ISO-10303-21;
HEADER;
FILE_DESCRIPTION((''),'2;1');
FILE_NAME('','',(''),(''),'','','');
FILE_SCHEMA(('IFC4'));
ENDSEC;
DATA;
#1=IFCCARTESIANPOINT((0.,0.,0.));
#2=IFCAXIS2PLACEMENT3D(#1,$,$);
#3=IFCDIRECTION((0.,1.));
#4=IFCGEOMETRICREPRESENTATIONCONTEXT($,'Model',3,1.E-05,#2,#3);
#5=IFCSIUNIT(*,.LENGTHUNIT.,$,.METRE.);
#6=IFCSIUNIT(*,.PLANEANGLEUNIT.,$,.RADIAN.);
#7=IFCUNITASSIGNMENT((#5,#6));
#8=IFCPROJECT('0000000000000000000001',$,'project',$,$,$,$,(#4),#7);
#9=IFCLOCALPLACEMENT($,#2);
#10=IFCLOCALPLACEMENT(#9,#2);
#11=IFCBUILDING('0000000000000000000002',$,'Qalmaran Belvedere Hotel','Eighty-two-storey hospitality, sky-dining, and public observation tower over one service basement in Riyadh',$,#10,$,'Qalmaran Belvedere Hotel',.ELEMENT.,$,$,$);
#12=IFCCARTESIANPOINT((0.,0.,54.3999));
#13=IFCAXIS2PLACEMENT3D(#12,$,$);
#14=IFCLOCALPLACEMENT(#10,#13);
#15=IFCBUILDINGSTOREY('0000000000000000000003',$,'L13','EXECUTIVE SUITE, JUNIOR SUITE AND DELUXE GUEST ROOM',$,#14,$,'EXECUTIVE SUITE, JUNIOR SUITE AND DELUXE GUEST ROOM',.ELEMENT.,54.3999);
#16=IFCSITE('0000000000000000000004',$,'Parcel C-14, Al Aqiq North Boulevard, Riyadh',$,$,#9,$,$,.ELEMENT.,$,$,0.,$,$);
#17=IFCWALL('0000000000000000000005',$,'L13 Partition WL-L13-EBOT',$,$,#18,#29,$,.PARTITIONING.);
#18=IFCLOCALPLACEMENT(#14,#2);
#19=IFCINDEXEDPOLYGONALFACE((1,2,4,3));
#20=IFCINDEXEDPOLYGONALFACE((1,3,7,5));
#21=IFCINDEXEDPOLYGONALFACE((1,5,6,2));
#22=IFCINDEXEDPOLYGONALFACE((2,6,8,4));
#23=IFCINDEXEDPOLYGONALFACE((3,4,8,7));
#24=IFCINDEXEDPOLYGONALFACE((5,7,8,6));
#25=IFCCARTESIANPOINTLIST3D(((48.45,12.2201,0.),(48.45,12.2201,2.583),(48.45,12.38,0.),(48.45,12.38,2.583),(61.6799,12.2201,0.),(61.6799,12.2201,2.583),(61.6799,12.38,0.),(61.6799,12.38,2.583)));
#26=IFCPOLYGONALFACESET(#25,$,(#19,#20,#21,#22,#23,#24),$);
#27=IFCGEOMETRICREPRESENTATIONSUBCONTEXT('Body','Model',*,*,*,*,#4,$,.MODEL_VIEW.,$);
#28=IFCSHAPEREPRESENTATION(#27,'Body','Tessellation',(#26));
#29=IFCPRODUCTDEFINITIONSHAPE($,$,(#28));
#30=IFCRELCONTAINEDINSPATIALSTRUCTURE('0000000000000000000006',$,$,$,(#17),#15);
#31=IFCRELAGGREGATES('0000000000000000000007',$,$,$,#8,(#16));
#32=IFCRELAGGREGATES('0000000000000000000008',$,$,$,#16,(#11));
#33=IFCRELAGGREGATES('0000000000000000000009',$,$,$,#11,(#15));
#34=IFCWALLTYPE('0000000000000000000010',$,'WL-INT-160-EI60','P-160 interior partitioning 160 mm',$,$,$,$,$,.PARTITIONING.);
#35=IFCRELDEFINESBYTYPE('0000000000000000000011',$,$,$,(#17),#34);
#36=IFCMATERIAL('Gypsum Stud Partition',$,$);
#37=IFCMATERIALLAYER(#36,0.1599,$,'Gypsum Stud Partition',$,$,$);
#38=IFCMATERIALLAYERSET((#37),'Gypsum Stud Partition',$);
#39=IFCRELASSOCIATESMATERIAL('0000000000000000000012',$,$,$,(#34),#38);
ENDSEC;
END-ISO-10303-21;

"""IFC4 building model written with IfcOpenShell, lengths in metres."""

from ifc_helpers import new_model, si_unit, direction, frame, frame_2d, origin, place, context, subcontext, project, spatial, rectangle, extrude, material, layer, layer_set, type_object, element, save


model = new_model("IFC4")

# Units and contexts
model_context = context("Model", 3, precision=1e-05, world=origin(), true_north=direction((0.0, 1.0)))
body_context = subcontext(model_context, "Body", "Model", "MODEL_VIEW")
ifc_project = project(units=[si_unit("LENGTHUNIT", "METRE"), si_unit("PLANEANGLEUNIT", "RADIAN")], contexts=[model_context])

# Site, building, storey
site_placement = place(None, origin())
site = spatial("IfcSite", under=ifc_project, at=site_placement, Name="Parcel C-14, Al Aqiq North Boulevard, Riyadh", CompositionType="ELEMENT", RefElevation=0.0)
building_placement = place(site_placement, origin())
building = spatial("IfcBuilding", under=site, at=building_placement, Name="Qalmaran Belvedere Hotel", Description="Eighty-two-storey hospitality, sky-dining, and public observation tower over one service basement in Riyadh", LongName="Qalmaran Belvedere Hotel", CompositionType="ELEMENT")
storey_placement = place(building_placement, frame((0.0, 0.0, 54.3999)))
storey = spatial("IfcBuildingStorey", under=building, at=storey_placement, Name="L13", Description="EXECUTIVE SUITE, JUNIOR SUITE AND DELUXE GUEST ROOM", LongName="EXECUTIVE SUITE, JUNIOR SUITE AND DELUXE GUEST ROOM", CompositionType="ELEMENT", Elevation=54.3999)

# Shared definitions
ifc_material_1 = material(Name="Gypsum Stud Partition")
ifc_layer_1 = layer(ifc_material_1, 0.1599, Name="Gypsum Stud Partition")
ifc_layer_set_1 = layer_set([ifc_layer_1], Name="Gypsum Stud Partition")
wall_type_1 = type_object("IfcWallType", Name="WL-INT-160-EI60", Description="P-160 interior partitioning 160 mm", PredefinedType="PARTITIONING", material=ifc_layer_set_1)

# Wall
wall_1_placement = place(storey_placement, frame((48.45, 12.3, 0.0), z_axis=(0.0, 0.0, 1.0), x_axis=(1.0, 0.0, 0.0)))
element("IfcWall", 1, at=wall_1_placement, inside=storey, type_object=wall_type_1, Name="L13 Partition WL-L13-EBOT", PredefinedType="PARTITIONING", context=body_context, shape_type="SweptSolid", body=[
    extrude(rectangle(XDim=13.23, YDim=0.1599, at=frame_2d((6.615, 0.0))), origin(), (0.0, 0.0, 1.0), 2.583),
])

save(model, "model.ifc")
